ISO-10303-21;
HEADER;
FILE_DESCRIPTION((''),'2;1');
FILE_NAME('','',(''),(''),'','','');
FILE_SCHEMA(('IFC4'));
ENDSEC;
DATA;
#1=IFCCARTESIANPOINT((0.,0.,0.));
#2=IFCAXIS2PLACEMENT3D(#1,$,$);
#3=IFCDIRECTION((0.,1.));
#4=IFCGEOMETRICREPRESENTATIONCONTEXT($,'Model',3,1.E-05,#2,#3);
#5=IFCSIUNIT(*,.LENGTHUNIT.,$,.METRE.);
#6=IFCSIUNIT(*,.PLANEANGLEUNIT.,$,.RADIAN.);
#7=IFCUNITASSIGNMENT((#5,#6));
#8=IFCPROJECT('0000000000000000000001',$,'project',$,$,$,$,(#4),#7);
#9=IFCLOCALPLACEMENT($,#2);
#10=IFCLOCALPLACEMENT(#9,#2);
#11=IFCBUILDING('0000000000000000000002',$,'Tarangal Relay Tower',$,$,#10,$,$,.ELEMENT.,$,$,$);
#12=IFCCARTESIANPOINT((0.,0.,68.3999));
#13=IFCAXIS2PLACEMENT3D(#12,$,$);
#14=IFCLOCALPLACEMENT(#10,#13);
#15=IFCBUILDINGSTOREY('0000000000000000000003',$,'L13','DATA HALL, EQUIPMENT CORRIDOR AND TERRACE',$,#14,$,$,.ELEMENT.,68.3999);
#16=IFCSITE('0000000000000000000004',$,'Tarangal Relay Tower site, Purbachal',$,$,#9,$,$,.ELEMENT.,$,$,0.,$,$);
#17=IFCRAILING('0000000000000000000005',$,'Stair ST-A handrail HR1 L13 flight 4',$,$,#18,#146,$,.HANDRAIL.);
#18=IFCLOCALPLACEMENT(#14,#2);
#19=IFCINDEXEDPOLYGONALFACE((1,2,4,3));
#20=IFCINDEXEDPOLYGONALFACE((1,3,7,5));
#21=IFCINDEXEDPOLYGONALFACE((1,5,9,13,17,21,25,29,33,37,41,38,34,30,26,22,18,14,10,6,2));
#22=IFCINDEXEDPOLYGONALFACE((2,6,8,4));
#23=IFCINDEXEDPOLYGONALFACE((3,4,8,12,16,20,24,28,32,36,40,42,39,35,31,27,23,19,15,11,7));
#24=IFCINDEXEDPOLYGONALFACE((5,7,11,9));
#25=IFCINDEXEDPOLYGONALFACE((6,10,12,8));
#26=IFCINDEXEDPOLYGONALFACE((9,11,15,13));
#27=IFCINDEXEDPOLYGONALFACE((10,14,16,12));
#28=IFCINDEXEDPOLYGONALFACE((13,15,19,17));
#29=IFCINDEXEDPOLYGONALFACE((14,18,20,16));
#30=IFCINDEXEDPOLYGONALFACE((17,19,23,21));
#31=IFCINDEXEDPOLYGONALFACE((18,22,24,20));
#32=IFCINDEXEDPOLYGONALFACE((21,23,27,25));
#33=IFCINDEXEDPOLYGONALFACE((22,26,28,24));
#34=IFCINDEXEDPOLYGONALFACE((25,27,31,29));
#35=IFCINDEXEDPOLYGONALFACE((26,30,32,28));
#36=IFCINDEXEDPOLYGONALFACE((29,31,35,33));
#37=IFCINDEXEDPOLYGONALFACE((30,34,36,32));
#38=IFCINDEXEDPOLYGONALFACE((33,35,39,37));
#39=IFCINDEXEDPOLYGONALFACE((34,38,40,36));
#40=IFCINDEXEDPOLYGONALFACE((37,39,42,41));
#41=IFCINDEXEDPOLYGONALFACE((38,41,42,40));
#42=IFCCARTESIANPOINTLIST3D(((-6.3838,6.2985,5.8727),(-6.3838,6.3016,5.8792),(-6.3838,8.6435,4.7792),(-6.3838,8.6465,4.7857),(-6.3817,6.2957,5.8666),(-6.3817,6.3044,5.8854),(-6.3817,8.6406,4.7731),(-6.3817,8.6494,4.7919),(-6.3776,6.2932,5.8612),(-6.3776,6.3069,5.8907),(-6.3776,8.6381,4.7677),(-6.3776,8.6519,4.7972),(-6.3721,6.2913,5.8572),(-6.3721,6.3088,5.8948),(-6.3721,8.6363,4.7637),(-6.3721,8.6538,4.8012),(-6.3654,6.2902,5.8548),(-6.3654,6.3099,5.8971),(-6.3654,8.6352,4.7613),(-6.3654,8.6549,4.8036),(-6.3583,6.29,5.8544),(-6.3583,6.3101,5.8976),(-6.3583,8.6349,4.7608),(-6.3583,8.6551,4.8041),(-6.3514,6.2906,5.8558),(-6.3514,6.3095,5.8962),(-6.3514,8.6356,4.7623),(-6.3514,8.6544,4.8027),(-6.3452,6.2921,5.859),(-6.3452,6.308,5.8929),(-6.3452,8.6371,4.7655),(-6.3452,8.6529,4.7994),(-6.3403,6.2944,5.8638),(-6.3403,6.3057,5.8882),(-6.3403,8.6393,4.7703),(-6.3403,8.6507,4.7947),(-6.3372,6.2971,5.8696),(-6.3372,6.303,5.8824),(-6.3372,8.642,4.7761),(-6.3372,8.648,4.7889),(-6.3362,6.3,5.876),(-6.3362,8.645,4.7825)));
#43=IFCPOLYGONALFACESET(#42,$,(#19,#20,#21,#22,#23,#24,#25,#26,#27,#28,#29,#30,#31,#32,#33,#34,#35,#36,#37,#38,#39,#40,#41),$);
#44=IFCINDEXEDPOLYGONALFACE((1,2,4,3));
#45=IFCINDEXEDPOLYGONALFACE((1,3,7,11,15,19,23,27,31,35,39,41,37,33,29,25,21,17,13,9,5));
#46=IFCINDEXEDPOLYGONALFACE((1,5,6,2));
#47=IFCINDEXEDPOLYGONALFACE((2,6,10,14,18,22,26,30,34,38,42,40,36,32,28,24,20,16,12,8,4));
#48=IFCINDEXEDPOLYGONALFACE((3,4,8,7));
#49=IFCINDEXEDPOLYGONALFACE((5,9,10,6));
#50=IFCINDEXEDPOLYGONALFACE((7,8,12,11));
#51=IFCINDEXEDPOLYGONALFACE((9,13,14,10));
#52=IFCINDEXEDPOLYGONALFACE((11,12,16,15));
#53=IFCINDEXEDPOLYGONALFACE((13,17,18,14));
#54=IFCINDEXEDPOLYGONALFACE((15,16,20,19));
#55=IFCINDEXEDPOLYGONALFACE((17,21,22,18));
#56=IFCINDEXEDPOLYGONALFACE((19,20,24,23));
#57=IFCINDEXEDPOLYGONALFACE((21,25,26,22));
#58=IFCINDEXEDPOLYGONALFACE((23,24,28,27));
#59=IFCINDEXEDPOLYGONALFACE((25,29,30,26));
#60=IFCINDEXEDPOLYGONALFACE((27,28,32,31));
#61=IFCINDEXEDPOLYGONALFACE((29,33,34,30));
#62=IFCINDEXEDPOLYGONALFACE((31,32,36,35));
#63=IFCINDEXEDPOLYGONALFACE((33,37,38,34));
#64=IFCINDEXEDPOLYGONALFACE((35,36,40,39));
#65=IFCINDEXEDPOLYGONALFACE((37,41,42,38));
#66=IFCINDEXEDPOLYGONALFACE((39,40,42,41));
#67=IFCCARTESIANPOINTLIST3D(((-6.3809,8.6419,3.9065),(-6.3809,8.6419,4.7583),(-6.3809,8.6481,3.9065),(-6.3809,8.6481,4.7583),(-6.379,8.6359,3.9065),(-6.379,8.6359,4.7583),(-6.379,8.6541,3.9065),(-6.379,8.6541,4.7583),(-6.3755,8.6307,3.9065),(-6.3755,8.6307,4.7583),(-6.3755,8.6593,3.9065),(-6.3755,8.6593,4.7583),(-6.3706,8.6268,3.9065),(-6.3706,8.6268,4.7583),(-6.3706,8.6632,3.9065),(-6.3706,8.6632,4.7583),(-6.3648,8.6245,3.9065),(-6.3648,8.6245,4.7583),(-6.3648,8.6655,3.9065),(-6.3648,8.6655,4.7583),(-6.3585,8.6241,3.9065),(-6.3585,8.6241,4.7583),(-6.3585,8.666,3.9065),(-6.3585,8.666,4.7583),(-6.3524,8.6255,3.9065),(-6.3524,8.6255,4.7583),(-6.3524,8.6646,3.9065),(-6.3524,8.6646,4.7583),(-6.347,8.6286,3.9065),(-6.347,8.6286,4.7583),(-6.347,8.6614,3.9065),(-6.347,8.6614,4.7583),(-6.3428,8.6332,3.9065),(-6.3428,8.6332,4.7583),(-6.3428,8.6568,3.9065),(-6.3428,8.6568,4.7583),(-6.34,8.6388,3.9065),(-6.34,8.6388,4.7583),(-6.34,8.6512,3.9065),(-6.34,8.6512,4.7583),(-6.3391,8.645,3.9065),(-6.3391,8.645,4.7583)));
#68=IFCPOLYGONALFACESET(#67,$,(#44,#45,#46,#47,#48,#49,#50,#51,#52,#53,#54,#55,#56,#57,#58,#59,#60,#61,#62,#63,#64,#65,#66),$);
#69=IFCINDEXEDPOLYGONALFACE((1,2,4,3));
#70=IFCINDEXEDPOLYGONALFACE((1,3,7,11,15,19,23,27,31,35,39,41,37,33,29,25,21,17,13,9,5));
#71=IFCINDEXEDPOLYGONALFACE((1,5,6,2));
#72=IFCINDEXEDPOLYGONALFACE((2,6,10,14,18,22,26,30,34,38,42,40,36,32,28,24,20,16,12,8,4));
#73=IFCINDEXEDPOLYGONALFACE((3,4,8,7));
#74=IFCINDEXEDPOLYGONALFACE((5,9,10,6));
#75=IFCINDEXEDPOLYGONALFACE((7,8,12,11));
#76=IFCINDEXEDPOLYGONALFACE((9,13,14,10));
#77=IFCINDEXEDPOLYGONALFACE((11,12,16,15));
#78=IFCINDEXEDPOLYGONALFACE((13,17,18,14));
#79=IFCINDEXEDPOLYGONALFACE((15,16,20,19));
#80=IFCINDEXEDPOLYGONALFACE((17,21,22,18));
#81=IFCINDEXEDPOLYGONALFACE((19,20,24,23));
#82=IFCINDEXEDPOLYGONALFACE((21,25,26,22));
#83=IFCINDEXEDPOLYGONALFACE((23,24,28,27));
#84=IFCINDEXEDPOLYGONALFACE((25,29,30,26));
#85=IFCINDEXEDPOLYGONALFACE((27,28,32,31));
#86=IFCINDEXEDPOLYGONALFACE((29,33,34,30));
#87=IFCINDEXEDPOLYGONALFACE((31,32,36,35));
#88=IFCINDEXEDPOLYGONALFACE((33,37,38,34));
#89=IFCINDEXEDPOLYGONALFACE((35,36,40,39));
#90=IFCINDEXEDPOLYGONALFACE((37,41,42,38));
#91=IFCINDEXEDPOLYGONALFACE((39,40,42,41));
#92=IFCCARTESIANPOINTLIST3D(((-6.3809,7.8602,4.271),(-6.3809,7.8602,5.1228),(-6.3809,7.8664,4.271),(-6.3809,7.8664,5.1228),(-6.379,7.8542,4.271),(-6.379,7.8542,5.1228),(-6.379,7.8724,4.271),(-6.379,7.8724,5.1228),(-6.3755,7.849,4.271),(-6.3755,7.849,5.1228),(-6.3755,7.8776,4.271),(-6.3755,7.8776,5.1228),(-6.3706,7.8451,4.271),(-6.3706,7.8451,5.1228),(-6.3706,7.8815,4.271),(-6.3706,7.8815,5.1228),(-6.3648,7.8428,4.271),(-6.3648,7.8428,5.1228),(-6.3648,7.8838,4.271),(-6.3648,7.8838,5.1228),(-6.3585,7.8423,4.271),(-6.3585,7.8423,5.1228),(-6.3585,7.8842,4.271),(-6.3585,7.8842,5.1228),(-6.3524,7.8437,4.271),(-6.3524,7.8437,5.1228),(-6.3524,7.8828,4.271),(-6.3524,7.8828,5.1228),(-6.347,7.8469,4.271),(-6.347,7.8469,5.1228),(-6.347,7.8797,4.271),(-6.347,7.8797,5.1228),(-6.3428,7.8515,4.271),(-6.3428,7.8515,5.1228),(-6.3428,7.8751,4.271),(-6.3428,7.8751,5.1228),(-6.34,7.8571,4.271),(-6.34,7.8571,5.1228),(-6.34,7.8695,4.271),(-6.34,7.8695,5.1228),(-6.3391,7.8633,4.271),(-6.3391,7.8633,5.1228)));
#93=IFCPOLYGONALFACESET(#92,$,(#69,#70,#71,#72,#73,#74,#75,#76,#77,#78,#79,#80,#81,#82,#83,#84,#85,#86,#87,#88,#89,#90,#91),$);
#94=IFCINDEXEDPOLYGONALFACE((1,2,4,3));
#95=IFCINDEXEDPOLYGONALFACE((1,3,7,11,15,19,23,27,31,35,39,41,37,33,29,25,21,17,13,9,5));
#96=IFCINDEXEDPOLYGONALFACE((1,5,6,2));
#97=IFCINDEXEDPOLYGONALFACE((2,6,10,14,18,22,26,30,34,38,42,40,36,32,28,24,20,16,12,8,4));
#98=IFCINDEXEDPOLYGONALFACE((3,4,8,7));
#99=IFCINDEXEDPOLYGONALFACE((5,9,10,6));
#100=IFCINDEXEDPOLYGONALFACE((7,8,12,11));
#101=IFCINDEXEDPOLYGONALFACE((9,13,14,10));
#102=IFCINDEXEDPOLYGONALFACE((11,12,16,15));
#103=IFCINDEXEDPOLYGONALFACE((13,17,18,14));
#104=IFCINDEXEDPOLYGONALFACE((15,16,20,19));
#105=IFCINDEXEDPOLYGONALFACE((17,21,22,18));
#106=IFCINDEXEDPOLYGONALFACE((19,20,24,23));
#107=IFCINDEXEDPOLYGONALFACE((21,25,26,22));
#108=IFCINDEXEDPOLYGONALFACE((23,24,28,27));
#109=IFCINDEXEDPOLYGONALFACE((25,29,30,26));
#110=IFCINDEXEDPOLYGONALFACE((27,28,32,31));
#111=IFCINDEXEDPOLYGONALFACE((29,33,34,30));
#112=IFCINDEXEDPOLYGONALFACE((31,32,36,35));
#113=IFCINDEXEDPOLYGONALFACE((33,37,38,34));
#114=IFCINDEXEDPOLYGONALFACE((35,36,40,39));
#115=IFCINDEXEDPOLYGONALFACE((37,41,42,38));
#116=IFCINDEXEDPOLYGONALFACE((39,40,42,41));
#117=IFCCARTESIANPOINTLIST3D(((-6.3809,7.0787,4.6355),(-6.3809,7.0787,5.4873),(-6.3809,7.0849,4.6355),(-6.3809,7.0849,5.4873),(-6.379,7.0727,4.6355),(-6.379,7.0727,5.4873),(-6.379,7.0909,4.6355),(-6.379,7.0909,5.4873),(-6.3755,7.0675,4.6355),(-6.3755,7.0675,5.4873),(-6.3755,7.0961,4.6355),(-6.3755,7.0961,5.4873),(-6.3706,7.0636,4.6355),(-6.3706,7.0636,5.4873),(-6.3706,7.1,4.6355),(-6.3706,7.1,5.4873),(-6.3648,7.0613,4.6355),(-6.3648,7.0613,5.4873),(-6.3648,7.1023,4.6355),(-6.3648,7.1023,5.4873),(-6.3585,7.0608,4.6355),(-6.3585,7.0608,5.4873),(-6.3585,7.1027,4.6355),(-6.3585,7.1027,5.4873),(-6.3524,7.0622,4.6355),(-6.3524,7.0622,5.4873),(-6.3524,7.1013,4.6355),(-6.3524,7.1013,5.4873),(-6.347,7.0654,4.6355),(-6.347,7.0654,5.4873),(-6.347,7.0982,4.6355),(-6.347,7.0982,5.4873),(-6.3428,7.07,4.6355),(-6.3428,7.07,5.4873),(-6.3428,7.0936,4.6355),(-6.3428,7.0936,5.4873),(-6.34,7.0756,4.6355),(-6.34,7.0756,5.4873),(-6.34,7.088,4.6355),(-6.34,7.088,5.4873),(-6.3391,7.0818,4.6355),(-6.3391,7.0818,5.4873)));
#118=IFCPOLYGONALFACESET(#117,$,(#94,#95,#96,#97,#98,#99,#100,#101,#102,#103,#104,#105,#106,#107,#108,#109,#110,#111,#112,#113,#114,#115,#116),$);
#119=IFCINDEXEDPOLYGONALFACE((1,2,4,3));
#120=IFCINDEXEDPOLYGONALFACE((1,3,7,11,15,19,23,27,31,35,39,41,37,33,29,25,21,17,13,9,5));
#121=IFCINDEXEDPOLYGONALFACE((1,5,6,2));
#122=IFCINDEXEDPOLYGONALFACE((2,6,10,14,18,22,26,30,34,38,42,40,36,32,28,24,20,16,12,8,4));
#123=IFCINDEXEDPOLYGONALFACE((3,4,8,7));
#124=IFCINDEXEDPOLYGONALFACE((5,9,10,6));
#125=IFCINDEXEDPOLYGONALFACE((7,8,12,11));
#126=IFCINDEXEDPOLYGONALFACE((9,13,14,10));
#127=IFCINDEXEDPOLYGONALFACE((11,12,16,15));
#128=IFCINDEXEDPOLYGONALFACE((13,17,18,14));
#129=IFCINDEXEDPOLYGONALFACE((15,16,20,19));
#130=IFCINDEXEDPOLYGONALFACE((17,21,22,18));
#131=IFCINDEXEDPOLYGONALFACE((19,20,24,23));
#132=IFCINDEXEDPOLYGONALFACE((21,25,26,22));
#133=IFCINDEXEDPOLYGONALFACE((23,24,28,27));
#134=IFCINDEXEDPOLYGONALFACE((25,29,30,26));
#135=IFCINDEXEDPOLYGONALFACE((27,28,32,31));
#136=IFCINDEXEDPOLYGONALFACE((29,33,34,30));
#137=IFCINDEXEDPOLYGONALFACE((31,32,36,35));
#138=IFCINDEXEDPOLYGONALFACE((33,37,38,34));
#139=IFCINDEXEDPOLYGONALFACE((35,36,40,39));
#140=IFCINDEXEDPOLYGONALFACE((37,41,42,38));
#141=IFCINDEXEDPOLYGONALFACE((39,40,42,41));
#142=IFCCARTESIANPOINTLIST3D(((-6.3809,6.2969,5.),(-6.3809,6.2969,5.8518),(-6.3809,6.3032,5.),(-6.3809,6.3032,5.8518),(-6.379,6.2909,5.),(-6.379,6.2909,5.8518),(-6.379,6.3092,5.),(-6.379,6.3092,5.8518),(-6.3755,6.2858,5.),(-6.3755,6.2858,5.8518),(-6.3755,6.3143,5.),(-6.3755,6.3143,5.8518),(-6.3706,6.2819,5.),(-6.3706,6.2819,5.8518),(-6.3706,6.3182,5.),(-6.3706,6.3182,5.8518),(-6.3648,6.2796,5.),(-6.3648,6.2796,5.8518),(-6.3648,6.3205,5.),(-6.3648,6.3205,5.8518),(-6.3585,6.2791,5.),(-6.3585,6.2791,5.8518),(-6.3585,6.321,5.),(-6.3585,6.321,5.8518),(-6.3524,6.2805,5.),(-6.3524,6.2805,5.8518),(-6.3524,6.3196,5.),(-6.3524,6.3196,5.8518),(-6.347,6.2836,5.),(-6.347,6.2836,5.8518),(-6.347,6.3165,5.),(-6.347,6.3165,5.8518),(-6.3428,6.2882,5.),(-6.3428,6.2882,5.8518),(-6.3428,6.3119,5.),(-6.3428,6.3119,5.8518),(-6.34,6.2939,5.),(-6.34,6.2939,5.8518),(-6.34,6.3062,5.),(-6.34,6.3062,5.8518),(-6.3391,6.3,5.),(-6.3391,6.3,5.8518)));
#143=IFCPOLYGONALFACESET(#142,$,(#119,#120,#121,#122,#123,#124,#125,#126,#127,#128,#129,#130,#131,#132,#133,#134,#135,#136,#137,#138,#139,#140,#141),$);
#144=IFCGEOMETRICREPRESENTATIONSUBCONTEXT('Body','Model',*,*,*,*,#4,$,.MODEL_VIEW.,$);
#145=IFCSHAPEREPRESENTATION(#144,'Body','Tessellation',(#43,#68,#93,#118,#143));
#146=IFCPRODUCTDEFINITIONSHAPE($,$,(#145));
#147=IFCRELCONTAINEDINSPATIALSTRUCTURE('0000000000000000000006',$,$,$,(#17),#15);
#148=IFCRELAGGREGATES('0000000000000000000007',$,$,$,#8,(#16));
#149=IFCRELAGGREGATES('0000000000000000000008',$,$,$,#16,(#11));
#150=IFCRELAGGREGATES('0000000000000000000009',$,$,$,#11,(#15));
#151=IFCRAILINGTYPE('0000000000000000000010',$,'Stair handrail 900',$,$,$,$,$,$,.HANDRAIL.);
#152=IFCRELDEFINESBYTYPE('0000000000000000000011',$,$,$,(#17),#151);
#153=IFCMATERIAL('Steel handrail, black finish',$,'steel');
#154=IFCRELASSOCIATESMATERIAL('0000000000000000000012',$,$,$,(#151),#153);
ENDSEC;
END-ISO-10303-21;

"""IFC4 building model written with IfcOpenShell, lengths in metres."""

from ifc_helpers import new_model, si_unit, direction, frame, origin, origin_2d, place, context, subcontext, project, spatial, circle, extrude, material, type_object, element, save


model = new_model("IFC4")

# Units and contexts
model_context = context("Model", 3, precision=1e-05, world=origin(), true_north=direction((0.0, 1.0)))
body_context = subcontext(model_context, "Body", "Model", "MODEL_VIEW")
ifc_project = project(units=[si_unit("LENGTHUNIT", "METRE"), si_unit("PLANEANGLEUNIT", "RADIAN")], contexts=[model_context])

# Site, building, storey
site_placement = place(None, origin())
site = spatial("IfcSite", under=ifc_project, at=site_placement, Name="Tarangal Relay Tower site, Purbachal", CompositionType="ELEMENT", RefElevation=0.0)
building_placement = place(site_placement, origin())
building = spatial("IfcBuilding", under=site, at=building_placement, Name="Tarangal Relay Tower", CompositionType="ELEMENT")
storey_placement = place(building_placement, frame((0.0, 0.0, 68.3999)))
storey = spatial("IfcBuildingStorey", under=building, at=storey_placement, Name="L13", Description="DATA HALL, EQUIPMENT CORRIDOR AND TERRACE", CompositionType="ELEMENT", Elevation=68.3999)

# Railing
ifc_material_1 = material(Name="Steel handrail, black finish", Category="steel")
railing_type_1 = type_object("IfcRailingType", Name="Stair handrail 900", PredefinedType="HANDRAIL", material=ifc_material_1)
for number, where, name in (
    (1, (-6.3601, 8.645, 3.9065), "Stair ST-A handrail HR1 L13 flight 4"),
):
    element("IfcRailing", number, at=place(storey_placement, frame(where)), inside=storey, type_object=railing_type_1, Name=name, PredefinedType="HANDRAIL", context=body_context, shape_type="SweptSolid", body=[
        extrude(circle(Radius=0.0239, at=origin_2d()), frame((0.0, 0.0, 0.876), z_axis=(0.0, -0.906304, 0.422627), x_axis=(1.0, 0.0, 0.0)), (0.0, 0.0, 1.0), 2.5874),
        extrude(circle(Radius=0.021, at=origin_2d()), origin(), (0.0, 0.0, 1.0), 0.8518),
        extrude(circle(Radius=0.021, at=origin_2d()), frame((0.0, -0.7817, 0.3645)), (0.0, 0.0, 1.0), 0.8518),
        extrude(circle(Radius=0.021, at=origin_2d()), frame((0.0, -1.5632, 0.729)), (0.0, 0.0, 1.0), 0.8518),
        extrude(circle(Radius=0.021, at=origin_2d()), frame((0.0, -2.345, 1.0935)), (0.0, 0.0, 1.0), 0.8518),
    ])

save(model, "model.ifc")
